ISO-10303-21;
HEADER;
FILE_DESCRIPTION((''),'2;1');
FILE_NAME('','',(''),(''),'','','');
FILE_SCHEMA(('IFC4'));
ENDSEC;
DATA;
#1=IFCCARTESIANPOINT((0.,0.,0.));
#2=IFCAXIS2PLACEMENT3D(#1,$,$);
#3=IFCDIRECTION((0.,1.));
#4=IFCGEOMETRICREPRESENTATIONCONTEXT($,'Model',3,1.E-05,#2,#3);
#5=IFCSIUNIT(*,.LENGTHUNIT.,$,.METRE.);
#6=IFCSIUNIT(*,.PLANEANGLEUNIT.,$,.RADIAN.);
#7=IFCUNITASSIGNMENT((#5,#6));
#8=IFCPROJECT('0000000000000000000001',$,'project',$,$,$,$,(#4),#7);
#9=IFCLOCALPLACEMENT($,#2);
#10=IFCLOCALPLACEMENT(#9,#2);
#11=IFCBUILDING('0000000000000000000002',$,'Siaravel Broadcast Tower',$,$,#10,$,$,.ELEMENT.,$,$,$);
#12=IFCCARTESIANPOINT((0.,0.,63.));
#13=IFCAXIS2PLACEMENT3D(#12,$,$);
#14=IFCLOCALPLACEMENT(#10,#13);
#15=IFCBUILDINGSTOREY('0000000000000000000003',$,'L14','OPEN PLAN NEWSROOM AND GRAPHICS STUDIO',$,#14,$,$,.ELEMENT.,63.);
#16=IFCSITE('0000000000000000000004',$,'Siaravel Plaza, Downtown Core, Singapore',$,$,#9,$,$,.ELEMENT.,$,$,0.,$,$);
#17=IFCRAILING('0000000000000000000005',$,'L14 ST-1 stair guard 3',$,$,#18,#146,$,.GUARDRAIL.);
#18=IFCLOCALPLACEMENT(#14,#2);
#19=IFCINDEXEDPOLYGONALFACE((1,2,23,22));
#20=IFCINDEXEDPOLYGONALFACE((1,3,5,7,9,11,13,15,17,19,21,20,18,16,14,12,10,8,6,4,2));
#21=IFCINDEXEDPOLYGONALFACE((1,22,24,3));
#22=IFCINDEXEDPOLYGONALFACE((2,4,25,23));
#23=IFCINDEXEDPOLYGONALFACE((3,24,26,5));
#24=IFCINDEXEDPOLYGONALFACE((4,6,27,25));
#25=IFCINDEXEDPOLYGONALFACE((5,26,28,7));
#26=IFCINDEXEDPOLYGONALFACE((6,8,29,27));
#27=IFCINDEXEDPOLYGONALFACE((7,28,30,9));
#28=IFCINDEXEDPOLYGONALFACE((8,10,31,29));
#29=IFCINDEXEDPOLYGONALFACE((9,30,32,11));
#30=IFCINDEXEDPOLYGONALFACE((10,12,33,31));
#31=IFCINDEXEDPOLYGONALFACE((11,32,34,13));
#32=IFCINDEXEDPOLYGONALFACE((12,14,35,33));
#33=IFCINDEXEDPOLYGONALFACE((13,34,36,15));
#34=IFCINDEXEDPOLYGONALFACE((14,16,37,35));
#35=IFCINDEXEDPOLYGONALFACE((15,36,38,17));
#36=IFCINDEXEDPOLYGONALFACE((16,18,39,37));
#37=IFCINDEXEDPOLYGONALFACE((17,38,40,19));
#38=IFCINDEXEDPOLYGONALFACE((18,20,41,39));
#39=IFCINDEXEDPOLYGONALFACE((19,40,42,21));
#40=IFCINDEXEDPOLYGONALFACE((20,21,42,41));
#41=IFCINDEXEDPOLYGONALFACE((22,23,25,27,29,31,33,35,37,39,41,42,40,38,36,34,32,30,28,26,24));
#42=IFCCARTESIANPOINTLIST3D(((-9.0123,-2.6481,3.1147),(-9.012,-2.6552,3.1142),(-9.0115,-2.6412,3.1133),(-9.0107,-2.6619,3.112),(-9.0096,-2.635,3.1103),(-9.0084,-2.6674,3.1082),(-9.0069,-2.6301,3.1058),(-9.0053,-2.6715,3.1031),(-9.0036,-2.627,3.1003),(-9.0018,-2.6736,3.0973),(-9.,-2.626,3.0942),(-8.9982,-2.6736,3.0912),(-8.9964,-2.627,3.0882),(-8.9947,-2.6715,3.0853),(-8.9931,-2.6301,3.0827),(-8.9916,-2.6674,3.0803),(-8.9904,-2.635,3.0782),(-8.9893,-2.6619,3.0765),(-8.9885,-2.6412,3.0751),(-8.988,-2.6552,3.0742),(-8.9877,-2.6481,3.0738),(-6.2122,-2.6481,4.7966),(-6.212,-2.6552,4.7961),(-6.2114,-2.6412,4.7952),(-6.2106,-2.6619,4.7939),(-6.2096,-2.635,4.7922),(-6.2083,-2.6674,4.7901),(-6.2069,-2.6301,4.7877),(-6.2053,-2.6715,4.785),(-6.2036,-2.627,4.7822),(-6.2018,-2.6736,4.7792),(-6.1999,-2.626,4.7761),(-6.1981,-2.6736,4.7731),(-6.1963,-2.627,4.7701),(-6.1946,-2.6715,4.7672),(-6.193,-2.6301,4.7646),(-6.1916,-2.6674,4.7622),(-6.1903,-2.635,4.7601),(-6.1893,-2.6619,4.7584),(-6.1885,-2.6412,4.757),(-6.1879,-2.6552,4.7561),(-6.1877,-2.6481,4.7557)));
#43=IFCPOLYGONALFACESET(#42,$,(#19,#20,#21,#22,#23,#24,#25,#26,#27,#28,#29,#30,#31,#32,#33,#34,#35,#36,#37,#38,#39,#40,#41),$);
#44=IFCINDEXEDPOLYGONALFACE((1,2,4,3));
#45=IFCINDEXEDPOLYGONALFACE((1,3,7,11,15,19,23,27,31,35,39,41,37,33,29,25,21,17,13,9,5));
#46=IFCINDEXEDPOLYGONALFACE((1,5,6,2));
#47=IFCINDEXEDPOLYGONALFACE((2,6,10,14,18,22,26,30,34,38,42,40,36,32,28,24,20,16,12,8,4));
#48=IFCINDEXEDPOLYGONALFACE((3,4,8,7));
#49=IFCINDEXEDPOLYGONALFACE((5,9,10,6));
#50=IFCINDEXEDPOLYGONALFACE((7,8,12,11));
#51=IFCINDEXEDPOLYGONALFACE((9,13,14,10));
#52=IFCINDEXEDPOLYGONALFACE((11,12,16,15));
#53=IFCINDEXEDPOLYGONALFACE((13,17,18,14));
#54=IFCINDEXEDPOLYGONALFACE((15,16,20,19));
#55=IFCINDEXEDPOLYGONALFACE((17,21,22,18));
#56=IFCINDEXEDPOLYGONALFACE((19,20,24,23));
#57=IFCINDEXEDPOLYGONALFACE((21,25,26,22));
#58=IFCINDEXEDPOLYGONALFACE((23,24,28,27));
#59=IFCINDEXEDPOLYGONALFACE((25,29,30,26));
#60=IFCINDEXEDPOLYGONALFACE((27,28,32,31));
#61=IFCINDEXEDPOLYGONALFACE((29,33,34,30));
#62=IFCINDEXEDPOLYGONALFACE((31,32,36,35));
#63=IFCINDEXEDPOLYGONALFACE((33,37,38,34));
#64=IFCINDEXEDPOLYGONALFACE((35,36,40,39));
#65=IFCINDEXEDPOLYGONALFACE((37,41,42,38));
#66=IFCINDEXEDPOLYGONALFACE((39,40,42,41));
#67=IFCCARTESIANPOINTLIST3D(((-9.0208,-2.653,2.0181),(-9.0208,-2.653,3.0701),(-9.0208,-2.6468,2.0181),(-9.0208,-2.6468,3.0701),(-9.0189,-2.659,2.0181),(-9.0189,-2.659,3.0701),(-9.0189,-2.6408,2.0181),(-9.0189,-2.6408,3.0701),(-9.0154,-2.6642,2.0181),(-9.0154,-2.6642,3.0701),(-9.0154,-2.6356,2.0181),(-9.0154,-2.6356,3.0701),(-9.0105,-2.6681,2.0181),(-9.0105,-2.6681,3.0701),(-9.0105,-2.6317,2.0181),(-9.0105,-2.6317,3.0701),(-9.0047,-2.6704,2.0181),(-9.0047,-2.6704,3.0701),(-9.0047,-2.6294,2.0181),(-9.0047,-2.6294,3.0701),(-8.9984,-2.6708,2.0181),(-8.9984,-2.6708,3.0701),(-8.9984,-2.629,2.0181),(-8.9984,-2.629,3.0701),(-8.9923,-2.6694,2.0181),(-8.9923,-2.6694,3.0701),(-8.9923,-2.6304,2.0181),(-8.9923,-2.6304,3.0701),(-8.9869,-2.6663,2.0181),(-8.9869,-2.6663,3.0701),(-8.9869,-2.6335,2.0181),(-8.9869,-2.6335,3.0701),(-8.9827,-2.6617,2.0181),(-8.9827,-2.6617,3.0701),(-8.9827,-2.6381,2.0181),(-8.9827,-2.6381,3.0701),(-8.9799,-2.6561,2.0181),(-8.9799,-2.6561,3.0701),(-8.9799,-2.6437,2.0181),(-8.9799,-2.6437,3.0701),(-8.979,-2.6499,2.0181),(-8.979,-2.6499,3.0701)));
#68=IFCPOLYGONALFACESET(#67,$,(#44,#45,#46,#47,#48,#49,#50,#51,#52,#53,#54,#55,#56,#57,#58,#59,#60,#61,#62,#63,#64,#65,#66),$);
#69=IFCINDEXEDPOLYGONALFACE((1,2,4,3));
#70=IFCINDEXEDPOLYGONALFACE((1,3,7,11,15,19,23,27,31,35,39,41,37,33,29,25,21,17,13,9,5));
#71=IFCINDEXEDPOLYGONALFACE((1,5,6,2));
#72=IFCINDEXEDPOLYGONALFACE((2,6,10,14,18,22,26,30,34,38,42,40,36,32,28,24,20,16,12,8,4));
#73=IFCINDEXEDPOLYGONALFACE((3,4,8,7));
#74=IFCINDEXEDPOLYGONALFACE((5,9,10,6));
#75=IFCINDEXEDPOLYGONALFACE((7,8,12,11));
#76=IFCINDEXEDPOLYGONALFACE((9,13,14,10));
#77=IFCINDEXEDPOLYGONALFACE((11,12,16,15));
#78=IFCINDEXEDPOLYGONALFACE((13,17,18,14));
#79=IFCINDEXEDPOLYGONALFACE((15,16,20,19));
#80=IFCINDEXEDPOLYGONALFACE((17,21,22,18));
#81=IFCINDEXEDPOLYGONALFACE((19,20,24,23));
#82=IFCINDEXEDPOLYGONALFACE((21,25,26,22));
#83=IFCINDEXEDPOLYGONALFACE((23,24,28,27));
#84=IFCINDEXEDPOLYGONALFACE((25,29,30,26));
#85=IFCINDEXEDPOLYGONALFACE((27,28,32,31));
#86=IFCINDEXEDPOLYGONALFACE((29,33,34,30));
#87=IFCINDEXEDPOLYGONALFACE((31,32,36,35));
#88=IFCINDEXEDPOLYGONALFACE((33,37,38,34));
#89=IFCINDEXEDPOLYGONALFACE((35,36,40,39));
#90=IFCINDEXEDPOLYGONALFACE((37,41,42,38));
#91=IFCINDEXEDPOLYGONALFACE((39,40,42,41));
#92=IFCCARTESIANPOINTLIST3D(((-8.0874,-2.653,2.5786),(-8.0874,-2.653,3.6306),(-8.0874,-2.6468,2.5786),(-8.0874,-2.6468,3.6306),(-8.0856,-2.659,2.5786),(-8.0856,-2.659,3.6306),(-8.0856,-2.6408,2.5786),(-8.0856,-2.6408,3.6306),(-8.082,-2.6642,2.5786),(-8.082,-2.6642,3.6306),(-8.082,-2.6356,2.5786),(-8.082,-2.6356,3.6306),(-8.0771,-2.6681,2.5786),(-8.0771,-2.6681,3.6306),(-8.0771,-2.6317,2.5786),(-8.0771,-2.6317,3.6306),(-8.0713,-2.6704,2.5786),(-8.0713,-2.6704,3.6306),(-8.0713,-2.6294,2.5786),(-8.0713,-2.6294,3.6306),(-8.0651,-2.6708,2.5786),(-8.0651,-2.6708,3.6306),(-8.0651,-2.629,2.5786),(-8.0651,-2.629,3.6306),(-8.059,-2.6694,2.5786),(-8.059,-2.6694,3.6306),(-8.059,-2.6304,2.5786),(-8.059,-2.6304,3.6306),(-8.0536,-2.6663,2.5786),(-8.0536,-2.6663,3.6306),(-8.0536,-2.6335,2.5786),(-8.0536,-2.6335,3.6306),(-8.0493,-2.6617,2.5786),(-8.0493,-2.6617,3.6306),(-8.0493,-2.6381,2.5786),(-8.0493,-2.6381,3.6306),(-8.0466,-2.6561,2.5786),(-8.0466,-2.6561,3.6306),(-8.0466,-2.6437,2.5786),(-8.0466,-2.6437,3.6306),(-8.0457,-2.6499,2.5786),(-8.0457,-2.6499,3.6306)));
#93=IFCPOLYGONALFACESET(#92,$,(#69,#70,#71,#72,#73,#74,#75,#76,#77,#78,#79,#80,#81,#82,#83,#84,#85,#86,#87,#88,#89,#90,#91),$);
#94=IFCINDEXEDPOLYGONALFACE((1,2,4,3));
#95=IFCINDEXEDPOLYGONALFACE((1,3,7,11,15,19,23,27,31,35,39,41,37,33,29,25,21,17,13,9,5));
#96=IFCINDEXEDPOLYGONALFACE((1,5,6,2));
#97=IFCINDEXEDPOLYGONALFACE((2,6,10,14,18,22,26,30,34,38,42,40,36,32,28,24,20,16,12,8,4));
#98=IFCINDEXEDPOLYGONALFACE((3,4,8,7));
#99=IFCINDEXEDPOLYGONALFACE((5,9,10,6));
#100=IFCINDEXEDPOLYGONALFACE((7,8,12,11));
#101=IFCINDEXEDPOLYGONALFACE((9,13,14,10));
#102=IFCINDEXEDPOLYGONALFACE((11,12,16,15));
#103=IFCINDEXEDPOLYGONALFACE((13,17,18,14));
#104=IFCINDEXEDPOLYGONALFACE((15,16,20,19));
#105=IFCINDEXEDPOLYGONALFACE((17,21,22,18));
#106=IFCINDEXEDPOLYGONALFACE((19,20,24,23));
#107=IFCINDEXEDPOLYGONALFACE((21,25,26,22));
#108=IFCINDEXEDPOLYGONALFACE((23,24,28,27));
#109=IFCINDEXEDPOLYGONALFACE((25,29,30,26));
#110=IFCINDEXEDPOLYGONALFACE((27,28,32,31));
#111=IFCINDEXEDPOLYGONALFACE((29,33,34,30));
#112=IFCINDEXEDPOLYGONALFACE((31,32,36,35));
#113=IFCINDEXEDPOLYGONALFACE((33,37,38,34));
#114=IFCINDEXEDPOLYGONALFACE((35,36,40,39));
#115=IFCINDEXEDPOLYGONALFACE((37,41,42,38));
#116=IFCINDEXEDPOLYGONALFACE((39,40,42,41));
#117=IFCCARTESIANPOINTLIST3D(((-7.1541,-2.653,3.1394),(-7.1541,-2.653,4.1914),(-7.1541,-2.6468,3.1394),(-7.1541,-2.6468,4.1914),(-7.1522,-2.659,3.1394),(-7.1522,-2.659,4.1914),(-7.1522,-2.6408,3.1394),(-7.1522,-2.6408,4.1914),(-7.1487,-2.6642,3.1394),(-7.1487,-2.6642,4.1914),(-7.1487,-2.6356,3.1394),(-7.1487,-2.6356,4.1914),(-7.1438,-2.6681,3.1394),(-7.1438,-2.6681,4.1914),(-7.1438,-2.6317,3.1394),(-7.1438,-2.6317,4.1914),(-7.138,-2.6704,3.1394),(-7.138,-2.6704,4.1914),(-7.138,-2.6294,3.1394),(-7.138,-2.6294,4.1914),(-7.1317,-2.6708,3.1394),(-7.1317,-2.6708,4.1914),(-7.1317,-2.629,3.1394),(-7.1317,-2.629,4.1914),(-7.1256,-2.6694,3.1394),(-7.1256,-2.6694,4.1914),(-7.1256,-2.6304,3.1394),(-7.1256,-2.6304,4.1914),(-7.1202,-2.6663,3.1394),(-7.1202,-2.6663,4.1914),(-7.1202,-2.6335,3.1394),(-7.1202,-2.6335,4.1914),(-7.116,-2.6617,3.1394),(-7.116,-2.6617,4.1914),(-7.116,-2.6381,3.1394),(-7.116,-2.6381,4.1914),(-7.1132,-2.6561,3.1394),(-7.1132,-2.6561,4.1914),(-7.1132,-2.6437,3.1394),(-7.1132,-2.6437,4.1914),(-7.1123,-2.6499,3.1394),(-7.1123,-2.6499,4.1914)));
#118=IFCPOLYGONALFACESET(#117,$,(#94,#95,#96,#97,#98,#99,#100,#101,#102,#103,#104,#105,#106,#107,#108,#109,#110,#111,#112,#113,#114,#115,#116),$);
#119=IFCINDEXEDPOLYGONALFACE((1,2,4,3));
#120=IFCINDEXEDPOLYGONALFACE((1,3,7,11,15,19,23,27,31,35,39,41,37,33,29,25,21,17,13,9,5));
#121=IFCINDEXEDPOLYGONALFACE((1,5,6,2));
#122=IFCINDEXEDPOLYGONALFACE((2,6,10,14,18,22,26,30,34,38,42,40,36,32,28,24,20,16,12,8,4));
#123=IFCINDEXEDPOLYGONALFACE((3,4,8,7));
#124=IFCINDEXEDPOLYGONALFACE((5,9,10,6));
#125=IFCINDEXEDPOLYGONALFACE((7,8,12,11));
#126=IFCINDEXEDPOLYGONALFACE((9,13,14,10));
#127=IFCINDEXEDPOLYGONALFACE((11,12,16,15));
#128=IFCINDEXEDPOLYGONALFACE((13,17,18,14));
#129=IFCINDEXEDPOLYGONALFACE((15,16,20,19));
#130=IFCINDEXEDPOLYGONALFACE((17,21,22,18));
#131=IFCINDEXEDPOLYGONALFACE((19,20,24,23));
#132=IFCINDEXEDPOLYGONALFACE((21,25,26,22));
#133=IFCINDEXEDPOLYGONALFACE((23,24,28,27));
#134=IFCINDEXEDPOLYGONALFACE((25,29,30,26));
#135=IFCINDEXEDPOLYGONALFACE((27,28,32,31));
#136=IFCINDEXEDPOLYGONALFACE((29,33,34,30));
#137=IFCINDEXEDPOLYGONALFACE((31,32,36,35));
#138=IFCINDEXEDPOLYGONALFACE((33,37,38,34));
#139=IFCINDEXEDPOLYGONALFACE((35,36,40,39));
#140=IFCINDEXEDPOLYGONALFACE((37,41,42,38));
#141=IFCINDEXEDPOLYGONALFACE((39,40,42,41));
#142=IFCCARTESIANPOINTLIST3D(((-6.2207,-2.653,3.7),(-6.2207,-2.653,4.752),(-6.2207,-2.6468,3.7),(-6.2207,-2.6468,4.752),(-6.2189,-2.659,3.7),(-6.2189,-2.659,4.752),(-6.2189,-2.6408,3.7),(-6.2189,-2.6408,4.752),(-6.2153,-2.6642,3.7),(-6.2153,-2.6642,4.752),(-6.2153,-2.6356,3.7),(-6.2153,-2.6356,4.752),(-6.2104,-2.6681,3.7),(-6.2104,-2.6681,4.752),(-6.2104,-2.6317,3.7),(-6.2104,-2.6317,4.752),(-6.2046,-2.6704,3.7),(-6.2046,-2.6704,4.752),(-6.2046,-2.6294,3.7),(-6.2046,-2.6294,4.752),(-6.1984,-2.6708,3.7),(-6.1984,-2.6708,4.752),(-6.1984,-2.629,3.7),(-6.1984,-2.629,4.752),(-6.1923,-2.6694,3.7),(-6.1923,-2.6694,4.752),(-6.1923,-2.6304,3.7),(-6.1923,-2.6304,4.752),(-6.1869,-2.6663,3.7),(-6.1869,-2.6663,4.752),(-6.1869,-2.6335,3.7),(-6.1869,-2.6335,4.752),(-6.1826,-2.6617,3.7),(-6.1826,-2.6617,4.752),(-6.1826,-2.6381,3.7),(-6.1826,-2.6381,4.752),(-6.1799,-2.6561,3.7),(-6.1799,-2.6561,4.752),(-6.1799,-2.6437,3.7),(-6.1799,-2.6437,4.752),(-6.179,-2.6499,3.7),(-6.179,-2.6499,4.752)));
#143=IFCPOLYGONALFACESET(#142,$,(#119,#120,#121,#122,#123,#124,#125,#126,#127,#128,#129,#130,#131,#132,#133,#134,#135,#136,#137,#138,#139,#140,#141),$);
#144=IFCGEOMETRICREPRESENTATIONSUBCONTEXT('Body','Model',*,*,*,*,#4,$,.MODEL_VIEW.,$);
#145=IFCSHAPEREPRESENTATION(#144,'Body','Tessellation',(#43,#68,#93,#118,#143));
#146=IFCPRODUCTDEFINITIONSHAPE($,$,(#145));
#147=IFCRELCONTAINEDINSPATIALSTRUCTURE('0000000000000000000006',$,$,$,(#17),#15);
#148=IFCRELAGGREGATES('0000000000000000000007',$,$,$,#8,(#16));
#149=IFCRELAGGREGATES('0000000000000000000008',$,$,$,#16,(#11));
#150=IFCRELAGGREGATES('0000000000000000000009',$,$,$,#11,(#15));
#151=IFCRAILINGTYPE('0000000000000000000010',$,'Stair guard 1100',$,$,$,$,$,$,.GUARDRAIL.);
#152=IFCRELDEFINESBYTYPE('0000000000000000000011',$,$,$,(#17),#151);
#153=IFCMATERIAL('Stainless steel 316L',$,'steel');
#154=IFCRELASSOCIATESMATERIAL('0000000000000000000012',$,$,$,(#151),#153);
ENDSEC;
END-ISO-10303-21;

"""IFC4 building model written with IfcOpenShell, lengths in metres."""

from ifc_helpers import new_model, si_unit, direction, frame, origin, origin_2d, place, context, subcontext, project, spatial, circle, extrude, material, type_object, element, save


model = new_model("IFC4")

# Units and contexts
model_context = context("Model", 3, precision=1e-05, world=origin(), true_north=direction((0.0, 1.0)))
body_context = subcontext(model_context, "Body", "Model", "MODEL_VIEW")
ifc_project = project(units=[si_unit("LENGTHUNIT", "METRE"), si_unit("PLANEANGLEUNIT", "RADIAN")], contexts=[model_context])

# Site, building, storey
site_placement = place(None, origin())
site = spatial("IfcSite", under=ifc_project, at=site_placement, Name="Siaravel Plaza, Downtown Core, Singapore", CompositionType="ELEMENT", RefElevation=0.0)
building_placement = place(site_placement, origin())
building = spatial("IfcBuilding", under=site, at=building_placement, Name="Siaravel Broadcast Tower", CompositionType="ELEMENT")
storey_placement = place(building_placement, frame((0.0, 0.0, 63.0)))
storey = spatial("IfcBuildingStorey", under=building, at=storey_placement, Name="L14", Description="OPEN PLAN NEWSROOM AND GRAPHICS STUDIO", CompositionType="ELEMENT", Elevation=63.0)

# Railing
ifc_material_1 = material(Name="Stainless steel 316L", Category="steel")
railing_type_1 = type_object("IfcRailingType", Name="Stair guard 1100", PredefinedType="GUARDRAIL", material=ifc_material_1)
railing_1_placement = place(storey_placement, frame((-9.0, -2.6499, 2.0181)))
element("IfcRailing", 1, at=railing_1_placement, inside=storey, type_object=railing_type_1, Name="L14 ST-1 stair guard 3", PredefinedType="GUARDRAIL", context=body_context, shape_type="SweptSolid", body=[
    extrude(circle(Radius=0.0239, at=origin_2d()), frame((0.0, 0.0, 1.0762), z_axis=(0.857242, 0.0, 0.514913), x_axis=(0.0, 1.0, 0.0)), (0.0, 0.0, 1.0), 3.2664),
    extrude(circle(Radius=0.021, at=origin_2d()), origin(), (0.0, 0.0, 1.0), 1.052),
    extrude(circle(Radius=0.021, at=origin_2d()), frame((0.9333, 0.0, 0.5605)), (0.0, 0.0, 1.0), 1.052),
    extrude(circle(Radius=0.021, at=origin_2d()), frame((1.8667, 0.0, 1.1213)), (0.0, 0.0, 1.0), 1.052),
    extrude(circle(Radius=0.021, at=origin_2d()), frame((2.8, 0.0, 1.6819)), (0.0, 0.0, 1.0), 1.052),
])

save(model, "model.ifc")
